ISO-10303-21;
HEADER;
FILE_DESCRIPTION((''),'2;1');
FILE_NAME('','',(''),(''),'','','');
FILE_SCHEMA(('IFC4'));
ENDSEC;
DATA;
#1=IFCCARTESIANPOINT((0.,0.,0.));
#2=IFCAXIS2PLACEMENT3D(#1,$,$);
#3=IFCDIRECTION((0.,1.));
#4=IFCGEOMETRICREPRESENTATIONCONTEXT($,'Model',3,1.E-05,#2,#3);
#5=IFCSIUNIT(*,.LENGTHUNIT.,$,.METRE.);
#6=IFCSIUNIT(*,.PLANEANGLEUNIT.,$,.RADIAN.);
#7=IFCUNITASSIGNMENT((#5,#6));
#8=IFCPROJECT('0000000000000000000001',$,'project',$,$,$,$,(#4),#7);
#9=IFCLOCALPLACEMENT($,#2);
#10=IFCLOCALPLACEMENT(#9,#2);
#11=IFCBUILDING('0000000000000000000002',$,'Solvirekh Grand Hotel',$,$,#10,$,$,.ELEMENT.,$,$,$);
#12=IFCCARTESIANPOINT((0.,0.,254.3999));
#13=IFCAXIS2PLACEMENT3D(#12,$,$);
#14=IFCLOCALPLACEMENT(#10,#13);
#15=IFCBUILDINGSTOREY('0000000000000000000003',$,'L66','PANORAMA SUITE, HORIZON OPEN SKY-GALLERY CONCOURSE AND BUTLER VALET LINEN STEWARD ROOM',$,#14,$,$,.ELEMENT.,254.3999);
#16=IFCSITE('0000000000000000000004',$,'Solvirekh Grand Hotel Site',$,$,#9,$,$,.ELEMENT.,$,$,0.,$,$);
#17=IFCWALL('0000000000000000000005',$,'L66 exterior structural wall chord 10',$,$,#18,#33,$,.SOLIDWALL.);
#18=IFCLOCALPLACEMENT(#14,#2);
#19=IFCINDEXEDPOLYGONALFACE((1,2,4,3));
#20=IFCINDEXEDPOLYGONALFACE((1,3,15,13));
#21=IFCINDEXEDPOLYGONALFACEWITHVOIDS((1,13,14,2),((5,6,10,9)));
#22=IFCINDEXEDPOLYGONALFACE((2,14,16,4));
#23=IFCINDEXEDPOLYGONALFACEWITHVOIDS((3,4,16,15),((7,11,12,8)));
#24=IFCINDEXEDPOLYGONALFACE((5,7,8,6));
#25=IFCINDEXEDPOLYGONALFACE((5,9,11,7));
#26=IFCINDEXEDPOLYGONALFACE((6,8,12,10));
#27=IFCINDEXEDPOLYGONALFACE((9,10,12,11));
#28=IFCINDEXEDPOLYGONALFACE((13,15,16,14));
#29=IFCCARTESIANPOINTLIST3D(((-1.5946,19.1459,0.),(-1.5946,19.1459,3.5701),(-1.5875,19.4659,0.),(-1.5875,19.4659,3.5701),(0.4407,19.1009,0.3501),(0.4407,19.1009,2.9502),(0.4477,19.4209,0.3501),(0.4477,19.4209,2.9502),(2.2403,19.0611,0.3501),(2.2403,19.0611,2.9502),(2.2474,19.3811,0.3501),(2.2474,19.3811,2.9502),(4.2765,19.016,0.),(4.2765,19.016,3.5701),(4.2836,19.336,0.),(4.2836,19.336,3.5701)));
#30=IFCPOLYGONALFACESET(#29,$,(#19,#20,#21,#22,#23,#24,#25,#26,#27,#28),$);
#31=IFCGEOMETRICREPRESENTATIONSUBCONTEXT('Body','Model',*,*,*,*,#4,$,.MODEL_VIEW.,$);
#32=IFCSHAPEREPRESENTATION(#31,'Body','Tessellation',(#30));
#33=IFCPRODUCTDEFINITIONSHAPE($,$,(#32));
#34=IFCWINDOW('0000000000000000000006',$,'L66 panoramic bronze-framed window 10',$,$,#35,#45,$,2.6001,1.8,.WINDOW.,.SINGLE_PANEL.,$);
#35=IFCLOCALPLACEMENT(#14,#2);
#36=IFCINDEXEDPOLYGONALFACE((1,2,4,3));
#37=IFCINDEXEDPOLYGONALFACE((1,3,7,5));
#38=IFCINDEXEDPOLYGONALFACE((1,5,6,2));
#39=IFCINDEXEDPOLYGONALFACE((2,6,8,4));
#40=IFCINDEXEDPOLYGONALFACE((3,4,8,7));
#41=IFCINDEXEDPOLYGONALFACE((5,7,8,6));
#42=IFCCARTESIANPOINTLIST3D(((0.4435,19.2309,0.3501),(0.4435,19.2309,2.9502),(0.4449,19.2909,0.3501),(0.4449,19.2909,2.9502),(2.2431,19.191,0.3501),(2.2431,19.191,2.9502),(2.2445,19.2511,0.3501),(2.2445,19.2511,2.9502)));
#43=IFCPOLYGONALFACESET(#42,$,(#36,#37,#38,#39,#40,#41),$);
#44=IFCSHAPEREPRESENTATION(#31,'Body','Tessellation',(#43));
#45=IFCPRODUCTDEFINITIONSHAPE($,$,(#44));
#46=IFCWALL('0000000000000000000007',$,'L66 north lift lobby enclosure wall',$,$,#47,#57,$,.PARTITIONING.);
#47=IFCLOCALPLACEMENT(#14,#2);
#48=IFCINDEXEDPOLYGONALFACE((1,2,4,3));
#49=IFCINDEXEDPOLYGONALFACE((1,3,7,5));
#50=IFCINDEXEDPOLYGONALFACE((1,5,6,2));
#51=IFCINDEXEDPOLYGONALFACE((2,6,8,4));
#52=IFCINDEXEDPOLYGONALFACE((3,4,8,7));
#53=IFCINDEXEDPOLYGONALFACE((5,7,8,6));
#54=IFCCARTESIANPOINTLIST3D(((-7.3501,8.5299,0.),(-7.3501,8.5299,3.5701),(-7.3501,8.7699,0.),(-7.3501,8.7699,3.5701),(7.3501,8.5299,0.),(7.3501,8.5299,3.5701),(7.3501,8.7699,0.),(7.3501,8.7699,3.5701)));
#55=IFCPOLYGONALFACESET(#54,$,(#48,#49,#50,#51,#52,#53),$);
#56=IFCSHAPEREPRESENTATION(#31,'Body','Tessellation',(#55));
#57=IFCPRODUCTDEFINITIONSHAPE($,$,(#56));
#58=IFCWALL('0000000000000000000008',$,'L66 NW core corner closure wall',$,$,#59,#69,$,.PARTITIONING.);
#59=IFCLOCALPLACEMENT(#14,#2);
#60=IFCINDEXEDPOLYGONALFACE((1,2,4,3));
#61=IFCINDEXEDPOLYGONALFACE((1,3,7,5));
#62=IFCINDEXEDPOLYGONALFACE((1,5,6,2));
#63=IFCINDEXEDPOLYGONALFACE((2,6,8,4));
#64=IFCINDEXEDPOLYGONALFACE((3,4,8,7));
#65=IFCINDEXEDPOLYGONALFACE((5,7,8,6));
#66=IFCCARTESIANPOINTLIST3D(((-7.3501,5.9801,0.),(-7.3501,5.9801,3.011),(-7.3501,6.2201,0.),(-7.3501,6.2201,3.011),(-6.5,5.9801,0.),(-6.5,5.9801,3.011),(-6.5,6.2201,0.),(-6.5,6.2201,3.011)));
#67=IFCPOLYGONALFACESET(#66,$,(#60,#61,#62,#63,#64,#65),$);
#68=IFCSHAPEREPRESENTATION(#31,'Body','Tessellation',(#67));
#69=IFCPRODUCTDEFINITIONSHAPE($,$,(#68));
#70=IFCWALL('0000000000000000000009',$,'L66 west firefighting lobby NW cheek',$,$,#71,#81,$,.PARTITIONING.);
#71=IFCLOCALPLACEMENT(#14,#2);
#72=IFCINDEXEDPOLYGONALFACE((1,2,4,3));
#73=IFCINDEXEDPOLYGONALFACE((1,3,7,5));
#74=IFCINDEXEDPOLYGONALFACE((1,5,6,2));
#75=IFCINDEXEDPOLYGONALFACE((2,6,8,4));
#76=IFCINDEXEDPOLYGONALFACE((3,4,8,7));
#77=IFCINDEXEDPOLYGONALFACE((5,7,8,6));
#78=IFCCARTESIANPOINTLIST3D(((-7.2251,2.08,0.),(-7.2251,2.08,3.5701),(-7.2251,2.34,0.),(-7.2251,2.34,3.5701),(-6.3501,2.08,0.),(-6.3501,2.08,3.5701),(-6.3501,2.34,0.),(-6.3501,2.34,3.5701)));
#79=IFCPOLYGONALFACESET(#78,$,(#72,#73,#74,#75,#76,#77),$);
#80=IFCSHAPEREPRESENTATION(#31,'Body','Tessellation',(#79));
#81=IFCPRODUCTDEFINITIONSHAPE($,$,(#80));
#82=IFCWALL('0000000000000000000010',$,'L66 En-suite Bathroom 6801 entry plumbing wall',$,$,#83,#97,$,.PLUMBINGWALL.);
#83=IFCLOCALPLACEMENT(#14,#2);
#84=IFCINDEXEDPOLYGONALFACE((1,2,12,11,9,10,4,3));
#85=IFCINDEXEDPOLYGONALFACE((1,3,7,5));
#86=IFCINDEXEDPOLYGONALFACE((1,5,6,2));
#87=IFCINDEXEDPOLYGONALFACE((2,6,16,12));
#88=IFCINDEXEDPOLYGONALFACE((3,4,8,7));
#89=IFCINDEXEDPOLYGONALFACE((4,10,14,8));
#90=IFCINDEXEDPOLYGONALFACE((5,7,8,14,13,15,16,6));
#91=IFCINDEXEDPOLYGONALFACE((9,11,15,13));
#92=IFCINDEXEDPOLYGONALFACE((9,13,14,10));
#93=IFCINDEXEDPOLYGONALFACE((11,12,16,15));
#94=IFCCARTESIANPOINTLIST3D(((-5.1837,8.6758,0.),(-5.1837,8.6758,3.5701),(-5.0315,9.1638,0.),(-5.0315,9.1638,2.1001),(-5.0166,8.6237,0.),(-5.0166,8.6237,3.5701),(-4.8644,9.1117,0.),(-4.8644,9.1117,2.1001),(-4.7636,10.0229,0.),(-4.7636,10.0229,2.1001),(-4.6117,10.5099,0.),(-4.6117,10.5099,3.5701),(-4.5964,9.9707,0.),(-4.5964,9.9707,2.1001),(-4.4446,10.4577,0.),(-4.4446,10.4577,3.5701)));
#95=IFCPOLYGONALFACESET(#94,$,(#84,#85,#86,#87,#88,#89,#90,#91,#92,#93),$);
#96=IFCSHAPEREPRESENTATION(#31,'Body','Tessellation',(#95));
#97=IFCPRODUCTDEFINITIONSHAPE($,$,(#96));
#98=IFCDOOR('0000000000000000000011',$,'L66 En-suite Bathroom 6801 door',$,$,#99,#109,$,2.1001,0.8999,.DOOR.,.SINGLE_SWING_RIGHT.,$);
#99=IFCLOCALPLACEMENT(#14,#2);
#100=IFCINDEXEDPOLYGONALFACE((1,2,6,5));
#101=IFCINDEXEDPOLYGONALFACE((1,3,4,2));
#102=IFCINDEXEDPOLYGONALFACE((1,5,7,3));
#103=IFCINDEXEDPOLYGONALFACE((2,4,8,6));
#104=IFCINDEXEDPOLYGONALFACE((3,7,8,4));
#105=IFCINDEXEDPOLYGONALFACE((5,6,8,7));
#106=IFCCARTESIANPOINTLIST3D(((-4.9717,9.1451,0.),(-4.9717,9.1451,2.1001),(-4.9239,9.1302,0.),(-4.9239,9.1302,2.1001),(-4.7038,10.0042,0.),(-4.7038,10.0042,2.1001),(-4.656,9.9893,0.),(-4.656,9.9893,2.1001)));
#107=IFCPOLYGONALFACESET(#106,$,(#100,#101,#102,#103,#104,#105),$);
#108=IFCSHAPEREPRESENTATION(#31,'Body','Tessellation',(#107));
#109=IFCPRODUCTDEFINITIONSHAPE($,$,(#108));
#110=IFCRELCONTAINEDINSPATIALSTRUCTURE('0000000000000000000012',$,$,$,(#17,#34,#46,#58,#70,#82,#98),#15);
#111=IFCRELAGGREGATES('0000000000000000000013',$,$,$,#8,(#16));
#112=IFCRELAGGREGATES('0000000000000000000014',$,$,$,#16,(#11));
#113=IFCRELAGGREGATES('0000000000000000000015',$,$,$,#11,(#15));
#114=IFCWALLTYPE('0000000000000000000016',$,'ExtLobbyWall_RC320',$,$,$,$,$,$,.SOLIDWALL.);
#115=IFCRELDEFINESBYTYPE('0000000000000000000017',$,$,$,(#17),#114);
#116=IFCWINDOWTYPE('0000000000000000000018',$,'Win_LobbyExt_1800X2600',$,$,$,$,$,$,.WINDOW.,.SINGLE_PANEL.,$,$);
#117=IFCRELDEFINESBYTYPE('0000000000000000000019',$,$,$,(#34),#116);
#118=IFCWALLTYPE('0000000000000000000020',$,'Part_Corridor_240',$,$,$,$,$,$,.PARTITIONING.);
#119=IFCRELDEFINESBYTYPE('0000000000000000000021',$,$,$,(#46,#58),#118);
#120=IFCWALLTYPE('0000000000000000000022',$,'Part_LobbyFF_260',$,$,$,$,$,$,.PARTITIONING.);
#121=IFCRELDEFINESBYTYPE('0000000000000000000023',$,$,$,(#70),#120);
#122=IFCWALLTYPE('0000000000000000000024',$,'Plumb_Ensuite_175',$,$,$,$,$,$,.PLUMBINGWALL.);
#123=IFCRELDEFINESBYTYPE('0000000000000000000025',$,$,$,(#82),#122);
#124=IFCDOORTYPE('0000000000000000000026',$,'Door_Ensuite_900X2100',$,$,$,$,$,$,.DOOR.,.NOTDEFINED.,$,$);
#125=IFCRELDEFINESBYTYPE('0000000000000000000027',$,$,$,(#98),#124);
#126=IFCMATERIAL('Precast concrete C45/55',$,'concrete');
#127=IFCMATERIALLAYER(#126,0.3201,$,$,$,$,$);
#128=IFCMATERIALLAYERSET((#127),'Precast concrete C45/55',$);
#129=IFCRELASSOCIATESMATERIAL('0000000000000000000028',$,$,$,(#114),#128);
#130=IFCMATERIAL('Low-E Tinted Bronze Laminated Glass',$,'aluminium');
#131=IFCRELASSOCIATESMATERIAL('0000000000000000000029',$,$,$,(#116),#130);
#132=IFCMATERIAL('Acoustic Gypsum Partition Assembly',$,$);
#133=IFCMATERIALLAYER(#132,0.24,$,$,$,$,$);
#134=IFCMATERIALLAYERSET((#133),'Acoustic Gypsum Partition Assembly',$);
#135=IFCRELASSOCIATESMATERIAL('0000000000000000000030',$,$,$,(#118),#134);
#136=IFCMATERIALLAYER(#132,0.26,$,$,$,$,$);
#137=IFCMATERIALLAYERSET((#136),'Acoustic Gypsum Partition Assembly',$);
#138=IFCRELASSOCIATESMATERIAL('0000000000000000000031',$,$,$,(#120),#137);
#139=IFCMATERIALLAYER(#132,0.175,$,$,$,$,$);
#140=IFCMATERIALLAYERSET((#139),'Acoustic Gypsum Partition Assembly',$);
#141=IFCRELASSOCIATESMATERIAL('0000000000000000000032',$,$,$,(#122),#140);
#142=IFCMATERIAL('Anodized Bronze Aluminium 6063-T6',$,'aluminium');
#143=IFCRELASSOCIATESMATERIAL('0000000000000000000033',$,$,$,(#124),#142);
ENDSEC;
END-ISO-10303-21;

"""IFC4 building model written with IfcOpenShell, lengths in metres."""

from ifc_helpers import new_model, si_unit, direction, frame, frame_2d, origin, place, context, subcontext, project, spatial, rectangle, extrude, material, layer, layer_set, type_object, element, fill, save


model = new_model("IFC4")

# Units and contexts
model_context = context("Model", 3, precision=1e-05, world=origin(), true_north=direction((0.0, 1.0)))
body_context = subcontext(model_context, "Body", "Model", "MODEL_VIEW")
ifc_project = project(units=[si_unit("LENGTHUNIT", "METRE"), si_unit("PLANEANGLEUNIT", "RADIAN")], contexts=[model_context])

# Site, building, storey
site_placement = place(None, origin())
site = spatial("IfcSite", under=ifc_project, at=site_placement, Name="Solvirekh Grand Hotel Site", CompositionType="ELEMENT", RefElevation=0.0)
building_placement = place(site_placement, origin())
building = spatial("IfcBuilding", under=site, at=building_placement, Name="Solvirekh Grand Hotel", CompositionType="ELEMENT")
storey_placement = place(building_placement, frame((0.0, 0.0, 254.3999)))
storey = spatial("IfcBuildingStorey", under=building, at=storey_placement, Name="L66", Description="PANORAMA SUITE, HORIZON OPEN SKY-GALLERY CONCOURSE AND BUTLER VALET LINEN STEWARD ROOM", CompositionType="ELEMENT", Elevation=254.3999)

# Shared definitions
ifc_material_1 = material(Name="Anodized Bronze Aluminium 6063-T6", Category="aluminium")
ifc_material_2 = material(Name="Low-E Tinted Bronze Laminated Glass", Category="aluminium")

# Wall, opening, window
ifc_material_3 = material(Name="Precast concrete C45/55", Category="concrete")
ifc_layer_1 = layer(ifc_material_3, 0.3201)
ifc_layer_set_1 = layer_set([ifc_layer_1], Name="Precast concrete C45/55")
wall_type_1 = type_object("IfcWallType", Name="ExtLobbyWall_RC320", PredefinedType="SOLIDWALL", material=ifc_layer_set_1)
wall_1_placement = place(storey_placement, frame((-1.5911, 19.3059, 0.0), z_axis=(0.0, 0.0, 1.0), x_axis=(0.999755, -0.022117, 0.0)))
wall_1 = element("IfcWall", 1, at=wall_1_placement, inside=storey, type_object=wall_type_1, Name="L66 exterior structural wall chord 10", PredefinedType="SOLIDWALL", context=body_context, shape_type="SweptSolid", body=[
    extrude(rectangle(XDim=5.8726, YDim=0.3201, at=frame_2d((2.9363, 0.0))), origin(), (0.0, 0.0, 1.0), 3.5701),
])
opening_1_placement = place(wall_1_placement, frame((2.0359, 0.0, 0.3501)))
opening_1 = element("IfcOpeningElement", 2, at=opening_1_placement, cuts=wall_1, PredefinedType="OPENING", context=body_context, shape_type="SweptSolid", body=[
    extrude(rectangle(XDim=1.8, YDim=2.6001, at=frame_2d((0.8999, 1.3))), frame((0.0, 0.1699, 0.0), z_axis=(0.0, -1.0, 0.0), x_axis=(1.0, 0.0, 0.0)), (0.0, 0.0, 1.0), 0.3401),
])
window_type = type_object("IfcWindowType", Name="Win_LobbyExt_1800X2600", PartitioningType="SINGLE_PANEL", PredefinedType="WINDOW", material=ifc_material_2)
window_placement = place(opening_1_placement, origin())
window = element("IfcWindow", 3, at=window_placement, inside=storey, type_object=window_type, Name="L66 panoramic bronze-framed window 10", OverallHeight=2.6001, OverallWidth=1.8, PartitioningType="SINGLE_PANEL", PredefinedType="WINDOW", context=body_context, shape_type="SweptSolid", body=[
    extrude(rectangle(XDim=1.8, YDim=2.6001, at=frame_2d((0.8999, 1.3))), frame((0.0, 0.03, 0.0), z_axis=(0.0, -1.0, 0.0), x_axis=(1.0, 0.0, 0.0)), (0.0, 0.0, 1.0), 0.0601),
])
fill(opening_1, window)

# Walls
ifc_material_4 = material(Name="Acoustic Gypsum Partition Assembly")
ifc_layer_2 = layer(ifc_material_4, 0.24)
ifc_layer_set_2 = layer_set([ifc_layer_2], Name="Acoustic Gypsum Partition Assembly")
wall_type_2 = type_object("IfcWallType", Name="Part_Corridor_240", PredefinedType="PARTITIONING", material=ifc_layer_set_2)
wall_2_placement = place(storey_placement, frame((-7.3501, 8.6499, 0.0), z_axis=(0.0, 0.0, 1.0), x_axis=(1.0, 0.0, 0.0)))
element("IfcWall", 4, at=wall_2_placement, inside=storey, type_object=wall_type_2, Name="L66 north lift lobby enclosure wall", PredefinedType="PARTITIONING", context=body_context, shape_type="SweptSolid", body=[
    extrude(rectangle(XDim=14.7002, YDim=0.24, at=frame_2d((7.3501, 0.0))), origin(), (0.0, 0.0, 1.0), 3.5701),
])
wall_3_placement = place(storey_placement, frame((-7.3501, 6.1001, 0.0), z_axis=(0.0, 0.0, 1.0), x_axis=(1.0, 0.0, 0.0)))
element("IfcWall", 5, at=wall_3_placement, inside=storey, type_object=wall_type_2, Name="L66 NW core corner closure wall", PredefinedType="PARTITIONING", context=body_context, shape_type="SweptSolid", body=[
    extrude(rectangle(XDim=0.8501, YDim=0.24, at=frame_2d((0.425, 0.0))), origin(), (0.0, 0.0, 1.0), 3.011),
])
ifc_layer_3 = layer(ifc_material_4, 0.26)
ifc_layer_set_3 = layer_set([ifc_layer_3], Name="Acoustic Gypsum Partition Assembly")
wall_type_3 = type_object("IfcWallType", Name="Part_LobbyFF_260", PredefinedType="PARTITIONING", material=ifc_layer_set_3)
wall_4_placement = place(storey_placement, frame((-7.2251, 2.21, 0.0), z_axis=(0.0, 0.0, 1.0), x_axis=(1.0, 0.0, 0.0)))
element("IfcWall", 6, at=wall_4_placement, inside=storey, type_object=wall_type_3, Name="L66 west firefighting lobby NW cheek", PredefinedType="PARTITIONING", context=body_context, shape_type="SweptSolid", body=[
    extrude(rectangle(XDim=0.875, YDim=0.26, at=frame_2d((0.4375, 0.0))), origin(), (0.0, 0.0, 1.0), 3.5701),
])

# Wall, opening, door
ifc_layer_4 = layer(ifc_material_4, 0.175)
ifc_layer_set_4 = layer_set([ifc_layer_4], Name="Acoustic Gypsum Partition Assembly")
wall_type_4 = type_object("IfcWallType", Name="Plumb_Ensuite_175", PredefinedType="PLUMBINGWALL", material=ifc_layer_set_4)
wall_5_placement = place(storey_placement, frame((-5.1001, 8.6499, 0.0), z_axis=(0.0, 0.0, 1.0), x_axis=(0.297754, 0.954643, 0.0)))
wall_5 = element("IfcWall", 7, at=wall_5_placement, inside=storey, type_object=wall_type_4, Name="L66 En-suite Bathroom 6801 entry plumbing wall", PredefinedType="PLUMBINGWALL", context=body_context, shape_type="SweptSolid", body=[
    extrude(rectangle(XDim=1.9211, YDim=0.175, at=frame_2d((0.9604, 0.0))), origin(), (0.0, 0.0, 1.0), 3.5701),
])
opening_2_placement = place(wall_5_placement, frame((0.511, 0.0, 0.0)))
opening_2 = element("IfcOpeningElement", 8, at=opening_2_placement, cuts=wall_5, PredefinedType="OPENING", context=body_context, shape_type="SweptSolid", body=[
    extrude(rectangle(XDim=0.8999, YDim=2.1001, at=frame_2d((0.45, 1.05))), frame((0.0, 0.0977, 0.0), z_axis=(0.0, -1.0, 0.0), x_axis=(1.0, 0.0, 0.0)), (0.0, 0.0, 1.0), 0.1951),
])
door_type_1 = type_object("IfcDoorType", Name="Door_Ensuite_900X2100", OperationType="NOTDEFINED", PredefinedType="DOOR", material=ifc_material_1)
door_1_placement = place(opening_2_placement, origin())
door_1 = element("IfcDoor", 9, at=door_1_placement, inside=storey, type_object=door_type_1, Name="L66 En-suite Bathroom 6801 door", OperationType="SINGLE_SWING_RIGHT", OverallHeight=2.1001, OverallWidth=0.8999, PredefinedType="DOOR", context=body_context, shape_type="SweptSolid", body=[
    extrude(rectangle(XDim=0.8999, YDim=2.1001, at=frame_2d((0.45, 1.05))), frame((0.0, 0.0249, 0.0), z_axis=(0.0, -1.0, 0.0), x_axis=(1.0, 0.0, 0.0)), (0.0, 0.0, 1.0), 0.05),
])
fill(opening_2, door_1)

save(model, "model.ifc")
